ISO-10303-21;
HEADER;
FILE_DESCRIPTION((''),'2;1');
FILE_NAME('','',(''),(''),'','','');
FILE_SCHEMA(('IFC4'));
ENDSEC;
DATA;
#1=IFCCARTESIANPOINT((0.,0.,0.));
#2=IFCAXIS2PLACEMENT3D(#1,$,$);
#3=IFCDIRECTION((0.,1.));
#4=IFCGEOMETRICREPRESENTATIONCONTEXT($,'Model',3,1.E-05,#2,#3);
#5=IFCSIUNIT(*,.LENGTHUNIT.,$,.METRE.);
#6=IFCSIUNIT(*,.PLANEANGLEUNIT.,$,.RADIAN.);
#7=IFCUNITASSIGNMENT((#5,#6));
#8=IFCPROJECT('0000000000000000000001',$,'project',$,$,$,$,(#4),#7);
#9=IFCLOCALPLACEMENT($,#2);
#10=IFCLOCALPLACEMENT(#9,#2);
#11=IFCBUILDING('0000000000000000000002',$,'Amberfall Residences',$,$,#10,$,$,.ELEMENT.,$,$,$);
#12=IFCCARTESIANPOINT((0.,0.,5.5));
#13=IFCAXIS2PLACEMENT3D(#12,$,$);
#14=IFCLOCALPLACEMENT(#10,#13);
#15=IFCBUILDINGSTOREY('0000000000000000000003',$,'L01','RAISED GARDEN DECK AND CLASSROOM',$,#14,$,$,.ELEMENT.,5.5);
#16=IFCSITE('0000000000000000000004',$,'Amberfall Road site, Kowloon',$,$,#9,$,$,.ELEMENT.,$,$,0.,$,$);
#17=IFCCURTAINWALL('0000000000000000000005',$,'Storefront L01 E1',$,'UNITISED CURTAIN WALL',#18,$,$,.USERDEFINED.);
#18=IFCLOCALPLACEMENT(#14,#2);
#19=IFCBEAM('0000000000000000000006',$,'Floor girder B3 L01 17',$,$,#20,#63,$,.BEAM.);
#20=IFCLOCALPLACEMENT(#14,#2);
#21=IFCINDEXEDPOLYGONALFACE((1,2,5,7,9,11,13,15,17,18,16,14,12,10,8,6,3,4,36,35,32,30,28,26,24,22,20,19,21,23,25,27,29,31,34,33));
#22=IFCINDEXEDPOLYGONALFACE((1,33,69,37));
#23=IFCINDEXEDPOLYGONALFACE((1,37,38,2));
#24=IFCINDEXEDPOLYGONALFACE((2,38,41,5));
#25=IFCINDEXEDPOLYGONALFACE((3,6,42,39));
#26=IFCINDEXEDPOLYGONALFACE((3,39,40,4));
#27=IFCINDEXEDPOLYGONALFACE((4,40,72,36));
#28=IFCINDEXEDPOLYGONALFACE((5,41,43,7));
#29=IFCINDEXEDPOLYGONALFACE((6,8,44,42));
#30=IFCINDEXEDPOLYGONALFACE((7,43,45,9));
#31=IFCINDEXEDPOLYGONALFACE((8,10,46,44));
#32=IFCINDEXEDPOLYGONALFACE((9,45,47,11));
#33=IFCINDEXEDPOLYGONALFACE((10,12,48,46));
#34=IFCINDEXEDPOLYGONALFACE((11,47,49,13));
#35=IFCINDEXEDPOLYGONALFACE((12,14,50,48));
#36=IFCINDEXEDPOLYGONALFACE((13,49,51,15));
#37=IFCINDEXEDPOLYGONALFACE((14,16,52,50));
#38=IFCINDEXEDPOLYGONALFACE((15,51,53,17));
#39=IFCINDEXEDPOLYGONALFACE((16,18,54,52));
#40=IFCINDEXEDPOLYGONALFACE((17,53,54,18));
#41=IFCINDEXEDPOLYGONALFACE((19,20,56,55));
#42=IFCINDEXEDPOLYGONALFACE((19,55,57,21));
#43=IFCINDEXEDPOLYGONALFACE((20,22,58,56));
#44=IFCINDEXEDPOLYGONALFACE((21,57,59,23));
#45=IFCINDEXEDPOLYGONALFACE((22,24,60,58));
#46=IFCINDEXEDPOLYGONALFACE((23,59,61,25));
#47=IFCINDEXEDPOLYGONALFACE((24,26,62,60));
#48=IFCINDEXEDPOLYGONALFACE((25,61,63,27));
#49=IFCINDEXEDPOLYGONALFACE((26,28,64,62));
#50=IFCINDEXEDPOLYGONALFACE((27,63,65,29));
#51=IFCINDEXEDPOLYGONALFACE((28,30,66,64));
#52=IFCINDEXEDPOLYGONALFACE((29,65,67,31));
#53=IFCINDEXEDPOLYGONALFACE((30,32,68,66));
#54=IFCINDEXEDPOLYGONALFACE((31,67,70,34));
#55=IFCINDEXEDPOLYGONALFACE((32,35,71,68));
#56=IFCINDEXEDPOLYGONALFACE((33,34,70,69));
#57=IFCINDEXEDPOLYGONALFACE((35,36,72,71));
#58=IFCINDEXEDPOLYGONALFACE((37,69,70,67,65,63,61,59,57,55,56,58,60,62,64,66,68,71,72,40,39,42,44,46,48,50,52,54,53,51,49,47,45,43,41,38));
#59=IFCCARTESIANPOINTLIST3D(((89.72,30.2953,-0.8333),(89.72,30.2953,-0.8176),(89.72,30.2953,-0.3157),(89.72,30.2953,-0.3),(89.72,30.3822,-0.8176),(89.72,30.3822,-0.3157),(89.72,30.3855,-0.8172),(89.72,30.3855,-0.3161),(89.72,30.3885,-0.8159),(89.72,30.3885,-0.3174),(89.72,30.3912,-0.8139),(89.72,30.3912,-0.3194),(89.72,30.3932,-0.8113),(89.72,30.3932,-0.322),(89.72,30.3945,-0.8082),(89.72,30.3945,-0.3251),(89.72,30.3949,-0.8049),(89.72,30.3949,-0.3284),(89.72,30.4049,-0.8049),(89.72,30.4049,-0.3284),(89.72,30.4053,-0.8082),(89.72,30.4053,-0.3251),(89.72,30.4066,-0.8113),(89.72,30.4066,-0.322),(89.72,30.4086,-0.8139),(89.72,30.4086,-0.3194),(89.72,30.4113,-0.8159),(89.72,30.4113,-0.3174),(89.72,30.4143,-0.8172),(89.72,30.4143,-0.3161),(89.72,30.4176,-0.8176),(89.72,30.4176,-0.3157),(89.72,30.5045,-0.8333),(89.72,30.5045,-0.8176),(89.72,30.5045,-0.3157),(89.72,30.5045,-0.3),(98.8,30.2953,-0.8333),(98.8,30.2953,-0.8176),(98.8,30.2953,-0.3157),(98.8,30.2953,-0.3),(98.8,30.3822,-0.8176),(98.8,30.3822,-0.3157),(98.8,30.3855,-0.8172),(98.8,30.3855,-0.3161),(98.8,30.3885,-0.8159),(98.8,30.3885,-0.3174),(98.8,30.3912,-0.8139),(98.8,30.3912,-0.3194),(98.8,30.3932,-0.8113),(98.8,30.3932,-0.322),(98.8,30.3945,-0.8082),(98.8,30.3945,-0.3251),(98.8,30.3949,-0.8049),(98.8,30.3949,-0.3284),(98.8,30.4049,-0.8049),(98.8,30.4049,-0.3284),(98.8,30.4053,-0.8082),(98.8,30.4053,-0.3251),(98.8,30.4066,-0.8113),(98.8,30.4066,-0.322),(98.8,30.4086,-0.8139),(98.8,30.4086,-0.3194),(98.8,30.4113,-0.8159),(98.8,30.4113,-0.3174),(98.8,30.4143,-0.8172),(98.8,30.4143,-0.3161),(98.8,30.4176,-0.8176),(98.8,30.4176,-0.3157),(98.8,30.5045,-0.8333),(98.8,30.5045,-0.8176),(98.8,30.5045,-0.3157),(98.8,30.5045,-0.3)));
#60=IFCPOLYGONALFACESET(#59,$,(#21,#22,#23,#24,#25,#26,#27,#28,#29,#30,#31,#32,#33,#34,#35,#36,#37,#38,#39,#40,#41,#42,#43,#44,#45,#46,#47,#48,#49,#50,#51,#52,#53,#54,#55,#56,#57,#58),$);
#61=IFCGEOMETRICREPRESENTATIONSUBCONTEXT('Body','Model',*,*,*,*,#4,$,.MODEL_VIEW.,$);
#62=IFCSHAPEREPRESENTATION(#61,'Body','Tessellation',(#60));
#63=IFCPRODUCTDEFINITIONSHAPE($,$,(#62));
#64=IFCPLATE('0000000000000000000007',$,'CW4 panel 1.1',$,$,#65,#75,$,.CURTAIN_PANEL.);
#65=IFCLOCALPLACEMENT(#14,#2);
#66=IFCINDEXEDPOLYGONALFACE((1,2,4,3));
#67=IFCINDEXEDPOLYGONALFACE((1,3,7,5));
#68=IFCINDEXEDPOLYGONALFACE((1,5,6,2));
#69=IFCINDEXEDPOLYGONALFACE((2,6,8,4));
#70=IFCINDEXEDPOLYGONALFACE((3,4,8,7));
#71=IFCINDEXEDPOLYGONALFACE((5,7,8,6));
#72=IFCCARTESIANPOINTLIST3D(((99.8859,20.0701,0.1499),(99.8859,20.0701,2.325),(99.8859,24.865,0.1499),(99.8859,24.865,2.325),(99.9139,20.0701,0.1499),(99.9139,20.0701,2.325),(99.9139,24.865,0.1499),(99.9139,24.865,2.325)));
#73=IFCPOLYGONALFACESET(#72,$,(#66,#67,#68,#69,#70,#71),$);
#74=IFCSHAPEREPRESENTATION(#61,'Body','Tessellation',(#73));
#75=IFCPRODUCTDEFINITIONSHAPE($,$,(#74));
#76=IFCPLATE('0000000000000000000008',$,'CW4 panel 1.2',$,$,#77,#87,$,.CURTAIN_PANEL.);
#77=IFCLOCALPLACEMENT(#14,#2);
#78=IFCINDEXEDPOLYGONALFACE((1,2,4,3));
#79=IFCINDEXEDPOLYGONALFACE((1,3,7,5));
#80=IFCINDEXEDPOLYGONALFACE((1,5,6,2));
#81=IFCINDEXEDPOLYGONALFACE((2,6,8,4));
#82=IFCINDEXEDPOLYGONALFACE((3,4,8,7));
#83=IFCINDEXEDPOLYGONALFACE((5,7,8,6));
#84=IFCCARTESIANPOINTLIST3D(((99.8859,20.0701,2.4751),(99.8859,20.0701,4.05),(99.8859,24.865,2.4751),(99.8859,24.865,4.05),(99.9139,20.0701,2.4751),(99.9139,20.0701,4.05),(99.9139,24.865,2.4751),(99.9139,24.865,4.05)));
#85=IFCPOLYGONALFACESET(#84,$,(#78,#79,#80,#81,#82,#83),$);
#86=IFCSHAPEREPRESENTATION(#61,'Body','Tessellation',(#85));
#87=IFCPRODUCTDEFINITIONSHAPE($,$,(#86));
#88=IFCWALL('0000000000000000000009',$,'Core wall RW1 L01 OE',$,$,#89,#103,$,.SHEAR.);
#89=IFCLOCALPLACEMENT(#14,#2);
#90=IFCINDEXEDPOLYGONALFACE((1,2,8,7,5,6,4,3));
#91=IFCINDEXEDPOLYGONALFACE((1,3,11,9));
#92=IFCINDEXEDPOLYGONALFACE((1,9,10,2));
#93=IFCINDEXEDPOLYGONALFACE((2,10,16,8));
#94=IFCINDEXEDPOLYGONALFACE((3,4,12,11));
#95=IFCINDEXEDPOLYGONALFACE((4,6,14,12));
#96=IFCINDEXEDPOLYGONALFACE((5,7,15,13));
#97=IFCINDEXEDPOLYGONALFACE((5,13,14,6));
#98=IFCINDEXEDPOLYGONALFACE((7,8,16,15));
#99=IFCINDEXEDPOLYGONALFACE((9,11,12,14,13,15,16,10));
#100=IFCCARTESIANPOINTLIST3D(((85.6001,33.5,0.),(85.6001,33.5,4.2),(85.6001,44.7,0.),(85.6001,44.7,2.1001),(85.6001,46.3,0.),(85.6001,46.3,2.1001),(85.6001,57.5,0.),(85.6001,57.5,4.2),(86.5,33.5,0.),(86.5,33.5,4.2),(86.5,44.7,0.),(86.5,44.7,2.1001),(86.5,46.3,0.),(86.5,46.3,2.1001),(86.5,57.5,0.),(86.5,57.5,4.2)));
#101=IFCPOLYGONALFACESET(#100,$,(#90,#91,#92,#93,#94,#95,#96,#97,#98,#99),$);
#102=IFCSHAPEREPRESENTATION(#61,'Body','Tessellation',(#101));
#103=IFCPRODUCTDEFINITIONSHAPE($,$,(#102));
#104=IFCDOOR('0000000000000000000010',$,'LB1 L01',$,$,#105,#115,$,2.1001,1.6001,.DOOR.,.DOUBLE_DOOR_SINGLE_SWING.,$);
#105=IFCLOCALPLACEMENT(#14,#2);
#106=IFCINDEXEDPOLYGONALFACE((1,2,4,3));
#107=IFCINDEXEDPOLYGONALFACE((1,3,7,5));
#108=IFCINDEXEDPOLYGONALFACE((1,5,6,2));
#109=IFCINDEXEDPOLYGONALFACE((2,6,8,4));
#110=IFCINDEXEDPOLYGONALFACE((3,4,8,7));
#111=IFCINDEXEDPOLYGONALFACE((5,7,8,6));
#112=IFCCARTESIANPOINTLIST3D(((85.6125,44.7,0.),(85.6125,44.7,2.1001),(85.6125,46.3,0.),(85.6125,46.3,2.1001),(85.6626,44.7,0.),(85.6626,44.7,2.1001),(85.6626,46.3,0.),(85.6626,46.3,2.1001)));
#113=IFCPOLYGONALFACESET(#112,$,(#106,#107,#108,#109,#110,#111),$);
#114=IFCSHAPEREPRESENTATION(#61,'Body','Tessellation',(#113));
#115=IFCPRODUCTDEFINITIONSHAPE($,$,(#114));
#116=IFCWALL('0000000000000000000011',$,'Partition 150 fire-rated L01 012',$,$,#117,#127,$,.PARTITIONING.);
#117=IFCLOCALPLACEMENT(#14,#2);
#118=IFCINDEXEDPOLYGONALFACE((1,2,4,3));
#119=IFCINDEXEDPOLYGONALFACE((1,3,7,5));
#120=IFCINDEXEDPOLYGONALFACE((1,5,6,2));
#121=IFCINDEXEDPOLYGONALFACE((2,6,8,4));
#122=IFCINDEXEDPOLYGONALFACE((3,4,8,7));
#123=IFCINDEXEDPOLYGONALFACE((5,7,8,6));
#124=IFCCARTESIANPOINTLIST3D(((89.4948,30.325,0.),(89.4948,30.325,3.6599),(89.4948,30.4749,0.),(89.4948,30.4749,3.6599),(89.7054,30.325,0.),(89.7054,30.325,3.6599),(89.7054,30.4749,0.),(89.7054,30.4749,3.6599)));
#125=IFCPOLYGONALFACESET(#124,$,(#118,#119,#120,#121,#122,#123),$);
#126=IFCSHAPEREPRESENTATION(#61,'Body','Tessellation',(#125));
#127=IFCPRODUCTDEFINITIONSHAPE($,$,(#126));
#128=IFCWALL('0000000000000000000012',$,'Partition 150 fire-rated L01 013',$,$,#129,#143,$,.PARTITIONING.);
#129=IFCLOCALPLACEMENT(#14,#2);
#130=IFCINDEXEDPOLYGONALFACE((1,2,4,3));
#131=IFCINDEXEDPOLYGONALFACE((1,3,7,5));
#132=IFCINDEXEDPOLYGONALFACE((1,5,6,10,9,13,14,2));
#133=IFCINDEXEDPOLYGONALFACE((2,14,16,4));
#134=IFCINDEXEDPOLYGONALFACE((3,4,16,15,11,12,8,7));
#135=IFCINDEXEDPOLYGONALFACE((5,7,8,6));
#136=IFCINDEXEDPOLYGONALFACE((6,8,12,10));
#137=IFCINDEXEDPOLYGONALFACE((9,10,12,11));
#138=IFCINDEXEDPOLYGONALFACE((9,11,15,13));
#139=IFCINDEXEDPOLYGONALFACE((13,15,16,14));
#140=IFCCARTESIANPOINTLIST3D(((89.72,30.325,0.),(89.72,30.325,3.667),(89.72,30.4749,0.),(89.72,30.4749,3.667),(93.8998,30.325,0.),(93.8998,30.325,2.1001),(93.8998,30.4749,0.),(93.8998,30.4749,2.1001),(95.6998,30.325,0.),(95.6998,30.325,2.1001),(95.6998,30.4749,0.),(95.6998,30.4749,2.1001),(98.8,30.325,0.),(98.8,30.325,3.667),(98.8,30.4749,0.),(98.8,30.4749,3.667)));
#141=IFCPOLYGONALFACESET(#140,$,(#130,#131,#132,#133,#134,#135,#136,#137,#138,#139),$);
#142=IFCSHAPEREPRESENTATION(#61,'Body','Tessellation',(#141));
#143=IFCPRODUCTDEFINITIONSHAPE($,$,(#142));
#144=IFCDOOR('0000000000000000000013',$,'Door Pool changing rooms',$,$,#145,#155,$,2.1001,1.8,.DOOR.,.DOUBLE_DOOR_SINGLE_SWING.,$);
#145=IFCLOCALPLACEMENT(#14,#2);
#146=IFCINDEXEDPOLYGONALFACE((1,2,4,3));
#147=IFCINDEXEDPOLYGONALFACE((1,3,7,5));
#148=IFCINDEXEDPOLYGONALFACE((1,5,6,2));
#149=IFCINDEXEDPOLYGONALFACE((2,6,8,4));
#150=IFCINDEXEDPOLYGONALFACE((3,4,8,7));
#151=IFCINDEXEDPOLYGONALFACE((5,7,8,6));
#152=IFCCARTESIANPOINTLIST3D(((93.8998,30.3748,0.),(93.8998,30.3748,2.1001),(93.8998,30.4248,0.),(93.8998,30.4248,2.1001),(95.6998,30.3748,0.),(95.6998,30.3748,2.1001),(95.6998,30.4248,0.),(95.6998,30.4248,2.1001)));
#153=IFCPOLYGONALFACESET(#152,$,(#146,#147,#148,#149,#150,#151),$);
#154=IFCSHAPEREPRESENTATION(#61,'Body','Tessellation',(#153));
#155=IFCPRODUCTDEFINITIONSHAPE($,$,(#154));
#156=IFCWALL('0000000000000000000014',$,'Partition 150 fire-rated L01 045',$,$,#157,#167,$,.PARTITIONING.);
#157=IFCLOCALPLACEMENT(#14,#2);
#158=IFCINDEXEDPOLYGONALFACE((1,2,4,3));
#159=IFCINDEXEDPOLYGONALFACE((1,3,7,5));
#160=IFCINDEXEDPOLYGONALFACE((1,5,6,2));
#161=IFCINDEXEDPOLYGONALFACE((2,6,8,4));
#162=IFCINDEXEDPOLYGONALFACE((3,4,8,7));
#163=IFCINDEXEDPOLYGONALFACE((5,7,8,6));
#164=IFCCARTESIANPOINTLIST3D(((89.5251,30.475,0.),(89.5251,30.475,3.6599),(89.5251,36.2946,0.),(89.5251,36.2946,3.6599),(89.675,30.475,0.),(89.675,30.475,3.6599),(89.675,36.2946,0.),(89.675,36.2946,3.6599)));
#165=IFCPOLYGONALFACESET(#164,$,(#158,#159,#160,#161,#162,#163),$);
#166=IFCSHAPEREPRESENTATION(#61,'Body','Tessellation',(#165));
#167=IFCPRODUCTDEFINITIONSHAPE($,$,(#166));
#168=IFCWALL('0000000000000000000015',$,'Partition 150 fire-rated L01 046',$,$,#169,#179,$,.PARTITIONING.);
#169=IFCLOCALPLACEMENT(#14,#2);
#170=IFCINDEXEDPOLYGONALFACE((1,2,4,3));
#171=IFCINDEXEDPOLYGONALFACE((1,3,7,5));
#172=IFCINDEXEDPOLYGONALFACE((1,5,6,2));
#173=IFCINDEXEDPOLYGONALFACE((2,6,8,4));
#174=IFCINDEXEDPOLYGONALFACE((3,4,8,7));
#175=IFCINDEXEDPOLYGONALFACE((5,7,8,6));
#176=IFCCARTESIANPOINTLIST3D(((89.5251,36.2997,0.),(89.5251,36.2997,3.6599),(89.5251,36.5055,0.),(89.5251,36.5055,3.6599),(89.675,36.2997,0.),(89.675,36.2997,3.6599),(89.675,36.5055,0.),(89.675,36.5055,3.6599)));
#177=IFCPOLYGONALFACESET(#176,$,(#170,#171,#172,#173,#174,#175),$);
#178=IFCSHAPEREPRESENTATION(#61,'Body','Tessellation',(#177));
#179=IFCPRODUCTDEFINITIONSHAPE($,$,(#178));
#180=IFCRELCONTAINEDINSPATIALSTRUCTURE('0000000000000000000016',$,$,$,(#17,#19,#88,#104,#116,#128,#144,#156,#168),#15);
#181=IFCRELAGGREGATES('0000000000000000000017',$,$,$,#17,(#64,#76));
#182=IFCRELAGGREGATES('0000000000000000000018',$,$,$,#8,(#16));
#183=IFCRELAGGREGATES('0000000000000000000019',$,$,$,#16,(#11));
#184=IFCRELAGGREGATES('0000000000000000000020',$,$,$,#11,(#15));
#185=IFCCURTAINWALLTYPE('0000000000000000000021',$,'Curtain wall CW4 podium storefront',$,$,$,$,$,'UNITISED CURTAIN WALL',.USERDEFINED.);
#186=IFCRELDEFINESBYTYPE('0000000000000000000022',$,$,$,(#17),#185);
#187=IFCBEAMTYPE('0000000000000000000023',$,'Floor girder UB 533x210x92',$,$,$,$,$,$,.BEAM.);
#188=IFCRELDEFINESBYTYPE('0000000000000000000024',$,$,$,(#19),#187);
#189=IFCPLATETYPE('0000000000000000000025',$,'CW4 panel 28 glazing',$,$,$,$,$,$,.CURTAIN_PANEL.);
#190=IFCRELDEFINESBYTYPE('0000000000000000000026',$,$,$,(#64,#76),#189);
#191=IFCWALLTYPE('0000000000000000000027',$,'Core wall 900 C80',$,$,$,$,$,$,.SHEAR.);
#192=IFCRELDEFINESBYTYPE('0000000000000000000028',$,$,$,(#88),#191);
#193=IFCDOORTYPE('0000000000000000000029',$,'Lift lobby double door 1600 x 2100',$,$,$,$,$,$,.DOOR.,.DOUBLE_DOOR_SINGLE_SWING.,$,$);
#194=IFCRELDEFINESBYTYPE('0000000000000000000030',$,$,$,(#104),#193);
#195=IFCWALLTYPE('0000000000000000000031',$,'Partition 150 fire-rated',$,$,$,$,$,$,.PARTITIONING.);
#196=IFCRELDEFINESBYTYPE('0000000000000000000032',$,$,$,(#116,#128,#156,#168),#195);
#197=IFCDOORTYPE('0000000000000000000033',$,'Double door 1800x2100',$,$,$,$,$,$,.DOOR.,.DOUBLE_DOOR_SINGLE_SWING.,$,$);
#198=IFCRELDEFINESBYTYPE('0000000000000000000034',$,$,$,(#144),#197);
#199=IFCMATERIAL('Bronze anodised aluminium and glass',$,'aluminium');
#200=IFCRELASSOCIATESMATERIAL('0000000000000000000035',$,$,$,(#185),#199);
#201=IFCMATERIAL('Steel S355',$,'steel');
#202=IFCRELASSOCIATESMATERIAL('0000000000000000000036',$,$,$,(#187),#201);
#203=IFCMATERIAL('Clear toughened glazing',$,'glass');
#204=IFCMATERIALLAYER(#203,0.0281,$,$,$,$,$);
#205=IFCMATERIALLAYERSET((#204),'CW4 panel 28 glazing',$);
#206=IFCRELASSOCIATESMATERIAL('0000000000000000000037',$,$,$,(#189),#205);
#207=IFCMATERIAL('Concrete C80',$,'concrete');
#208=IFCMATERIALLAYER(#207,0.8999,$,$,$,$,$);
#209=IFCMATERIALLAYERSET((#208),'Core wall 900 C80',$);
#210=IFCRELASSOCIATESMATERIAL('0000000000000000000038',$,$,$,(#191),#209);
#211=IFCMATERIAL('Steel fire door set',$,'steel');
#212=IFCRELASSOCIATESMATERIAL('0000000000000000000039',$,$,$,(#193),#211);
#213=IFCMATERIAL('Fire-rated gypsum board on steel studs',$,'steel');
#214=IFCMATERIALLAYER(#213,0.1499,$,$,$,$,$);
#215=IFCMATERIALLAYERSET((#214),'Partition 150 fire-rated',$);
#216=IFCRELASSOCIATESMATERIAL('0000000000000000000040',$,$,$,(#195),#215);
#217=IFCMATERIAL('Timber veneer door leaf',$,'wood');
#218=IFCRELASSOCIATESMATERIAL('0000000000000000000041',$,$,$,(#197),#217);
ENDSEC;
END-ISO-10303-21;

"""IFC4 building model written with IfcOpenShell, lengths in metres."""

from ifc_helpers import new_model, si_unit, direction, frame, frame_2d, origin, origin_2d, place, context, subcontext, project, spatial, rectangle, i_section, extrude, material, layer, layer_set, material_profile, profile_set, type_object, element, fill, aggregate, save


model = new_model("IFC4")

# Units and contexts
model_context = context("Model", 3, precision=1e-05, world=origin(), true_north=direction((0.0, 1.0)))
body_context = subcontext(model_context, "Body", "Model", "MODEL_VIEW")
ifc_project = project(units=[si_unit("LENGTHUNIT", "METRE"), si_unit("PLANEANGLEUNIT", "RADIAN")], contexts=[model_context])

# Site, building, storey
site_placement = place(None, origin())
site = spatial("IfcSite", under=ifc_project, at=site_placement, Name="Amberfall Road site, Kowloon", CompositionType="ELEMENT", RefElevation=0.0)
building_placement = place(site_placement, origin())
building = spatial("IfcBuilding", under=site, at=building_placement, Name="Amberfall Residences", CompositionType="ELEMENT")
storey_placement = place(building_placement, frame((0.0, 0.0, 5.5)))
storey = spatial("IfcBuildingStorey", under=building, at=storey_placement, Name="L01", Description="RAISED GARDEN DECK AND CLASSROOM", CompositionType="ELEMENT", Elevation=5.5)

# Shared definitions
ifc_material_1 = material(Name="Concrete C80", Category="concrete")

# Curtain wall
ifc_material_2 = material(Name="Bronze anodised aluminium and glass", Category="aluminium")
curtain_wall_type = type_object("IfcCurtainWallType", Name="Curtain wall CW4 podium storefront", ElementType="UNITISED CURTAIN WALL", PredefinedType="USERDEFINED", material=ifc_material_2)
curtain_wall_placement = place(storey_placement, origin())
curtain_wall = element("IfcCurtainWall", 1, at=curtain_wall_placement, inside=storey, type_object=curtain_wall_type, Name="Storefront L01 E1", ObjectType="UNITISED CURTAIN WALL", PredefinedType="USERDEFINED")

# Beam
ifc_material_3 = material(Name="Steel S355", Category="steel")
ifc_material_profile_1 = material_profile(ifc_material_3, i_section(OverallWidth=0.2092, OverallDepth=0.5332, WebThickness=0.01, FlangeThickness=0.0156, FilletRadius=0.0127, at=origin_2d()), Name="UB 533x210x92")
ifc_profile_set_1 = profile_set([ifc_material_profile_1], Name="Steel S355")
beam_type_1 = type_object("IfcBeamType", Name="Floor girder UB 533x210x92", PredefinedType="BEAM", material=ifc_profile_set_1)
beam_1_placement = place(storey_placement, frame((98.8, 30.3999, -0.5667), z_axis=(-1.0, 0.0, 0.0), x_axis=(0.0, -1.0, 0.0)))
element("IfcBeam", 2, at=beam_1_placement, inside=storey, type_object=beam_type_1, Name="Floor girder B3 L01 17", PredefinedType="BEAM", context=body_context, shape_type="SweptSolid", body=[
    extrude(i_section(OverallWidth=0.2092, OverallDepth=0.5332, WebThickness=0.01, FlangeThickness=0.0156, FilletRadius=0.0127, at=origin_2d()), origin(), (0.0, 0.0, 1.0), 9.0801),
])

# Plates
ifc_material_4 = material(Name="Clear toughened glazing", Category="glass")
ifc_layer_1 = layer(ifc_material_4, 0.0281)
ifc_layer_set_1 = layer_set([ifc_layer_1], Name="CW4 panel 28 glazing")
plate_type = type_object("IfcPlateType", Name="CW4 panel 28 glazing", PredefinedType="CURTAIN_PANEL", material=ifc_layer_set_1)
plate_1_placement = place(storey_placement, frame((99.8999, 22.4675, 0.1499), z_axis=(0.0, 0.0, 1.0), x_axis=(0.0, 1.0, 0.0)))
plate_1 = element("IfcPlate", 3, at=plate_1_placement, type_object=plate_type, Name="CW4 panel 1.1", PredefinedType="CURTAIN_PANEL", context=body_context, shape_type="SweptSolid", body=[
    extrude(rectangle(XDim=4.7949, YDim=0.0281, at=origin_2d()), origin(), (0.0, 0.0, 1.0), 2.175),
])
plate_2_placement = place(storey_placement, frame((99.8999, 22.4675, 2.4751), z_axis=(0.0, 0.0, 1.0), x_axis=(0.0, 1.0, 0.0)))
plate_2 = element("IfcPlate", 4, at=plate_2_placement, type_object=plate_type, Name="CW4 panel 1.2", PredefinedType="CURTAIN_PANEL", context=body_context, shape_type="SweptSolid", body=[
    extrude(rectangle(XDim=4.7949, YDim=0.0281, at=origin_2d()), origin(), (0.0, 0.0, 1.0), 1.575),
])
aggregate(curtain_wall, [plate_1, plate_2])

# Wall, opening, door
ifc_layer_2 = layer(ifc_material_1, 0.8999)
ifc_layer_set_2 = layer_set([ifc_layer_2], Name="Core wall 900 C80")
wall_type_1 = type_object("IfcWallType", Name="Core wall 900 C80", PredefinedType="SHEAR", material=ifc_layer_set_2)
wall_1_placement = place(storey_placement, frame((86.05, 33.5, 0.0), z_axis=(0.0, 0.0, 1.0), x_axis=(0.0, 1.0, 0.0)))
wall_1 = element("IfcWall", 5, at=wall_1_placement, inside=storey, type_object=wall_type_1, Name="Core wall RW1 L01 OE", PredefinedType="SHEAR", context=body_context, shape_type="SweptSolid", body=[
    extrude(rectangle(XDim=24.0, YDim=0.8999, at=frame_2d((12.0, 0.0))), origin(), (0.0, 0.0, 1.0), 4.2),
])
opening_1_placement = place(wall_1_placement, frame((11.2, 0.0, 0.0)))
opening_1 = element("IfcOpeningElement", 6, at=opening_1_placement, cuts=wall_1, PredefinedType="OPENING", context=body_context, shape_type="SweptSolid", body=[
    extrude(rectangle(XDim=1.6001, YDim=2.1001, at=frame_2d((0.8, 1.05))), frame((0.0, 0.46, 0.0), z_axis=(0.0, -1.0, 0.0), x_axis=(1.0, 0.0, 0.0)), (0.0, 0.0, 1.0), 0.9199),
])
ifc_material_5 = material(Name="Steel fire door set", Category="steel")
door_type_1 = type_object("IfcDoorType", Name="Lift lobby double door 1600 x 2100", OperationType="DOUBLE_DOOR_SINGLE_SWING", PredefinedType="DOOR", material=ifc_material_5)
door_1_placement = place(opening_1_placement, origin())
door_1 = element("IfcDoor", 7, at=door_1_placement, inside=storey, type_object=door_type_1, Name="LB1 L01", OperationType="DOUBLE_DOOR_SINGLE_SWING", OverallHeight=2.1001, OverallWidth=1.6001, PredefinedType="DOOR", context=body_context, shape_type="SweptSolid", body=[
    extrude(rectangle(XDim=1.6001, YDim=2.1001, at=frame_2d((0.8, 1.05))), frame((0.0, 0.4375, 0.0), z_axis=(0.0, -1.0, 0.0), x_axis=(1.0, 0.0, 0.0)), (0.0, 0.0, 1.0), 0.05),
])
fill(opening_1, door_1)

# Wall
ifc_material_6 = material(Name="Fire-rated gypsum board on steel studs", Category="steel")
ifc_layer_3 = layer(ifc_material_6, 0.1499)
ifc_layer_set_3 = layer_set([ifc_layer_3], Name="Partition 150 fire-rated")
wall_type_2 = type_object("IfcWallType", Name="Partition 150 fire-rated", PredefinedType="PARTITIONING", material=ifc_layer_set_3)
wall_2_placement = place(storey_placement, frame((89.4946, 30.3999, 0.0), z_axis=(0.0, 0.0, 1.0), x_axis=(1.0, 0.0, 0.0)))
element("IfcWall", 8, at=wall_2_placement, inside=storey, type_object=wall_type_2, Name="Partition 150 fire-rated L01 012", PredefinedType="PARTITIONING", context=body_context, shape_type="SweptSolid", body=[
    extrude(rectangle(XDim=0.2107, YDim=0.1499, at=frame_2d((0.1055, 0.0))), origin(), (0.0, 0.0, 1.0), 3.6599),
])

# Wall, opening, door
wall_3_placement = place(storey_placement, frame((89.72, 30.3999, 0.0), z_axis=(0.0, 0.0, 1.0), x_axis=(1.0, 0.0, 0.0)))
wall_3 = element("IfcWall", 9, at=wall_3_placement, inside=storey, type_object=wall_type_2, Name="Partition 150 fire-rated L01 013", PredefinedType="PARTITIONING", context=body_context, shape_type="SweptSolid", body=[
    extrude(rectangle(XDim=9.0801, YDim=0.1499, at=frame_2d((4.54, 0.0))), origin(), (0.0, 0.0, 1.0), 3.667),
])
opening_2_placement = place(wall_3_placement, frame((4.1799, 0.0, 0.0)))
opening_2 = element("IfcOpeningElement", 10, at=opening_2_placement, cuts=wall_3, PredefinedType="OPENING", context=body_context, shape_type="SweptSolid", body=[
    extrude(rectangle(XDim=1.8, YDim=2.1001, at=frame_2d((0.8999, 1.05))), frame((0.0, 0.085, 0.0), z_axis=(0.0, -1.0, 0.0), x_axis=(1.0, 0.0, 0.0)), (0.0, 0.0, 1.0), 0.1699),
])
ifc_material_7 = material(Name="Timber veneer door leaf", Category="wood")
door_type_2 = type_object("IfcDoorType", Name="Double door 1800x2100", OperationType="DOUBLE_DOOR_SINGLE_SWING", PredefinedType="DOOR", material=ifc_material_7)
door_2_placement = place(opening_2_placement, origin())
door_2 = element("IfcDoor", 11, at=door_2_placement, inside=storey, type_object=door_type_2, Name="Door Pool changing rooms", OperationType="DOUBLE_DOOR_SINGLE_SWING", OverallHeight=2.1001, OverallWidth=1.8, PredefinedType="DOOR", context=body_context, shape_type="SweptSolid", body=[
    extrude(rectangle(XDim=1.8, YDim=2.1001, at=frame_2d((0.8999, 1.05))), frame((0.0, 0.0249, 0.0), z_axis=(0.0, -1.0, 0.0), x_axis=(1.0, 0.0, 0.0)), (0.0, 0.0, 1.0), 0.05),
])
fill(opening_2, door_2)

# Walls
wall_4_placement = place(storey_placement, frame((89.6001, 30.4751, 0.0), z_axis=(0.0, 0.0, 1.0), x_axis=(0.0, 1.0, 0.0)))
element("IfcWall", 12, at=wall_4_placement, inside=storey, type_object=wall_type_2, Name="Partition 150 fire-rated L01 045", PredefinedType="PARTITIONING", context=body_context, shape_type="SweptSolid", body=[
    extrude(rectangle(XDim=5.8196, YDim=0.1499, at=frame_2d((2.9097, 0.0))), origin(), (0.0, 0.0, 1.0), 3.6599),
])
wall_5_placement = place(storey_placement, frame((89.6001, 36.2996, 0.0), z_axis=(0.0, 0.0, 1.0), x_axis=(0.0, 1.0, 0.0)))
element("IfcWall", 13, at=wall_5_placement, inside=storey, type_object=wall_type_2, Name="Partition 150 fire-rated L01 046", PredefinedType="PARTITIONING", context=body_context, shape_type="SweptSolid", body=[
    extrude(rectangle(XDim=0.2058, YDim=0.1499, at=frame_2d((0.103, 0.0))), origin(), (0.0, 0.0, 1.0), 3.6599),
])

save(model, "model.ifc")
